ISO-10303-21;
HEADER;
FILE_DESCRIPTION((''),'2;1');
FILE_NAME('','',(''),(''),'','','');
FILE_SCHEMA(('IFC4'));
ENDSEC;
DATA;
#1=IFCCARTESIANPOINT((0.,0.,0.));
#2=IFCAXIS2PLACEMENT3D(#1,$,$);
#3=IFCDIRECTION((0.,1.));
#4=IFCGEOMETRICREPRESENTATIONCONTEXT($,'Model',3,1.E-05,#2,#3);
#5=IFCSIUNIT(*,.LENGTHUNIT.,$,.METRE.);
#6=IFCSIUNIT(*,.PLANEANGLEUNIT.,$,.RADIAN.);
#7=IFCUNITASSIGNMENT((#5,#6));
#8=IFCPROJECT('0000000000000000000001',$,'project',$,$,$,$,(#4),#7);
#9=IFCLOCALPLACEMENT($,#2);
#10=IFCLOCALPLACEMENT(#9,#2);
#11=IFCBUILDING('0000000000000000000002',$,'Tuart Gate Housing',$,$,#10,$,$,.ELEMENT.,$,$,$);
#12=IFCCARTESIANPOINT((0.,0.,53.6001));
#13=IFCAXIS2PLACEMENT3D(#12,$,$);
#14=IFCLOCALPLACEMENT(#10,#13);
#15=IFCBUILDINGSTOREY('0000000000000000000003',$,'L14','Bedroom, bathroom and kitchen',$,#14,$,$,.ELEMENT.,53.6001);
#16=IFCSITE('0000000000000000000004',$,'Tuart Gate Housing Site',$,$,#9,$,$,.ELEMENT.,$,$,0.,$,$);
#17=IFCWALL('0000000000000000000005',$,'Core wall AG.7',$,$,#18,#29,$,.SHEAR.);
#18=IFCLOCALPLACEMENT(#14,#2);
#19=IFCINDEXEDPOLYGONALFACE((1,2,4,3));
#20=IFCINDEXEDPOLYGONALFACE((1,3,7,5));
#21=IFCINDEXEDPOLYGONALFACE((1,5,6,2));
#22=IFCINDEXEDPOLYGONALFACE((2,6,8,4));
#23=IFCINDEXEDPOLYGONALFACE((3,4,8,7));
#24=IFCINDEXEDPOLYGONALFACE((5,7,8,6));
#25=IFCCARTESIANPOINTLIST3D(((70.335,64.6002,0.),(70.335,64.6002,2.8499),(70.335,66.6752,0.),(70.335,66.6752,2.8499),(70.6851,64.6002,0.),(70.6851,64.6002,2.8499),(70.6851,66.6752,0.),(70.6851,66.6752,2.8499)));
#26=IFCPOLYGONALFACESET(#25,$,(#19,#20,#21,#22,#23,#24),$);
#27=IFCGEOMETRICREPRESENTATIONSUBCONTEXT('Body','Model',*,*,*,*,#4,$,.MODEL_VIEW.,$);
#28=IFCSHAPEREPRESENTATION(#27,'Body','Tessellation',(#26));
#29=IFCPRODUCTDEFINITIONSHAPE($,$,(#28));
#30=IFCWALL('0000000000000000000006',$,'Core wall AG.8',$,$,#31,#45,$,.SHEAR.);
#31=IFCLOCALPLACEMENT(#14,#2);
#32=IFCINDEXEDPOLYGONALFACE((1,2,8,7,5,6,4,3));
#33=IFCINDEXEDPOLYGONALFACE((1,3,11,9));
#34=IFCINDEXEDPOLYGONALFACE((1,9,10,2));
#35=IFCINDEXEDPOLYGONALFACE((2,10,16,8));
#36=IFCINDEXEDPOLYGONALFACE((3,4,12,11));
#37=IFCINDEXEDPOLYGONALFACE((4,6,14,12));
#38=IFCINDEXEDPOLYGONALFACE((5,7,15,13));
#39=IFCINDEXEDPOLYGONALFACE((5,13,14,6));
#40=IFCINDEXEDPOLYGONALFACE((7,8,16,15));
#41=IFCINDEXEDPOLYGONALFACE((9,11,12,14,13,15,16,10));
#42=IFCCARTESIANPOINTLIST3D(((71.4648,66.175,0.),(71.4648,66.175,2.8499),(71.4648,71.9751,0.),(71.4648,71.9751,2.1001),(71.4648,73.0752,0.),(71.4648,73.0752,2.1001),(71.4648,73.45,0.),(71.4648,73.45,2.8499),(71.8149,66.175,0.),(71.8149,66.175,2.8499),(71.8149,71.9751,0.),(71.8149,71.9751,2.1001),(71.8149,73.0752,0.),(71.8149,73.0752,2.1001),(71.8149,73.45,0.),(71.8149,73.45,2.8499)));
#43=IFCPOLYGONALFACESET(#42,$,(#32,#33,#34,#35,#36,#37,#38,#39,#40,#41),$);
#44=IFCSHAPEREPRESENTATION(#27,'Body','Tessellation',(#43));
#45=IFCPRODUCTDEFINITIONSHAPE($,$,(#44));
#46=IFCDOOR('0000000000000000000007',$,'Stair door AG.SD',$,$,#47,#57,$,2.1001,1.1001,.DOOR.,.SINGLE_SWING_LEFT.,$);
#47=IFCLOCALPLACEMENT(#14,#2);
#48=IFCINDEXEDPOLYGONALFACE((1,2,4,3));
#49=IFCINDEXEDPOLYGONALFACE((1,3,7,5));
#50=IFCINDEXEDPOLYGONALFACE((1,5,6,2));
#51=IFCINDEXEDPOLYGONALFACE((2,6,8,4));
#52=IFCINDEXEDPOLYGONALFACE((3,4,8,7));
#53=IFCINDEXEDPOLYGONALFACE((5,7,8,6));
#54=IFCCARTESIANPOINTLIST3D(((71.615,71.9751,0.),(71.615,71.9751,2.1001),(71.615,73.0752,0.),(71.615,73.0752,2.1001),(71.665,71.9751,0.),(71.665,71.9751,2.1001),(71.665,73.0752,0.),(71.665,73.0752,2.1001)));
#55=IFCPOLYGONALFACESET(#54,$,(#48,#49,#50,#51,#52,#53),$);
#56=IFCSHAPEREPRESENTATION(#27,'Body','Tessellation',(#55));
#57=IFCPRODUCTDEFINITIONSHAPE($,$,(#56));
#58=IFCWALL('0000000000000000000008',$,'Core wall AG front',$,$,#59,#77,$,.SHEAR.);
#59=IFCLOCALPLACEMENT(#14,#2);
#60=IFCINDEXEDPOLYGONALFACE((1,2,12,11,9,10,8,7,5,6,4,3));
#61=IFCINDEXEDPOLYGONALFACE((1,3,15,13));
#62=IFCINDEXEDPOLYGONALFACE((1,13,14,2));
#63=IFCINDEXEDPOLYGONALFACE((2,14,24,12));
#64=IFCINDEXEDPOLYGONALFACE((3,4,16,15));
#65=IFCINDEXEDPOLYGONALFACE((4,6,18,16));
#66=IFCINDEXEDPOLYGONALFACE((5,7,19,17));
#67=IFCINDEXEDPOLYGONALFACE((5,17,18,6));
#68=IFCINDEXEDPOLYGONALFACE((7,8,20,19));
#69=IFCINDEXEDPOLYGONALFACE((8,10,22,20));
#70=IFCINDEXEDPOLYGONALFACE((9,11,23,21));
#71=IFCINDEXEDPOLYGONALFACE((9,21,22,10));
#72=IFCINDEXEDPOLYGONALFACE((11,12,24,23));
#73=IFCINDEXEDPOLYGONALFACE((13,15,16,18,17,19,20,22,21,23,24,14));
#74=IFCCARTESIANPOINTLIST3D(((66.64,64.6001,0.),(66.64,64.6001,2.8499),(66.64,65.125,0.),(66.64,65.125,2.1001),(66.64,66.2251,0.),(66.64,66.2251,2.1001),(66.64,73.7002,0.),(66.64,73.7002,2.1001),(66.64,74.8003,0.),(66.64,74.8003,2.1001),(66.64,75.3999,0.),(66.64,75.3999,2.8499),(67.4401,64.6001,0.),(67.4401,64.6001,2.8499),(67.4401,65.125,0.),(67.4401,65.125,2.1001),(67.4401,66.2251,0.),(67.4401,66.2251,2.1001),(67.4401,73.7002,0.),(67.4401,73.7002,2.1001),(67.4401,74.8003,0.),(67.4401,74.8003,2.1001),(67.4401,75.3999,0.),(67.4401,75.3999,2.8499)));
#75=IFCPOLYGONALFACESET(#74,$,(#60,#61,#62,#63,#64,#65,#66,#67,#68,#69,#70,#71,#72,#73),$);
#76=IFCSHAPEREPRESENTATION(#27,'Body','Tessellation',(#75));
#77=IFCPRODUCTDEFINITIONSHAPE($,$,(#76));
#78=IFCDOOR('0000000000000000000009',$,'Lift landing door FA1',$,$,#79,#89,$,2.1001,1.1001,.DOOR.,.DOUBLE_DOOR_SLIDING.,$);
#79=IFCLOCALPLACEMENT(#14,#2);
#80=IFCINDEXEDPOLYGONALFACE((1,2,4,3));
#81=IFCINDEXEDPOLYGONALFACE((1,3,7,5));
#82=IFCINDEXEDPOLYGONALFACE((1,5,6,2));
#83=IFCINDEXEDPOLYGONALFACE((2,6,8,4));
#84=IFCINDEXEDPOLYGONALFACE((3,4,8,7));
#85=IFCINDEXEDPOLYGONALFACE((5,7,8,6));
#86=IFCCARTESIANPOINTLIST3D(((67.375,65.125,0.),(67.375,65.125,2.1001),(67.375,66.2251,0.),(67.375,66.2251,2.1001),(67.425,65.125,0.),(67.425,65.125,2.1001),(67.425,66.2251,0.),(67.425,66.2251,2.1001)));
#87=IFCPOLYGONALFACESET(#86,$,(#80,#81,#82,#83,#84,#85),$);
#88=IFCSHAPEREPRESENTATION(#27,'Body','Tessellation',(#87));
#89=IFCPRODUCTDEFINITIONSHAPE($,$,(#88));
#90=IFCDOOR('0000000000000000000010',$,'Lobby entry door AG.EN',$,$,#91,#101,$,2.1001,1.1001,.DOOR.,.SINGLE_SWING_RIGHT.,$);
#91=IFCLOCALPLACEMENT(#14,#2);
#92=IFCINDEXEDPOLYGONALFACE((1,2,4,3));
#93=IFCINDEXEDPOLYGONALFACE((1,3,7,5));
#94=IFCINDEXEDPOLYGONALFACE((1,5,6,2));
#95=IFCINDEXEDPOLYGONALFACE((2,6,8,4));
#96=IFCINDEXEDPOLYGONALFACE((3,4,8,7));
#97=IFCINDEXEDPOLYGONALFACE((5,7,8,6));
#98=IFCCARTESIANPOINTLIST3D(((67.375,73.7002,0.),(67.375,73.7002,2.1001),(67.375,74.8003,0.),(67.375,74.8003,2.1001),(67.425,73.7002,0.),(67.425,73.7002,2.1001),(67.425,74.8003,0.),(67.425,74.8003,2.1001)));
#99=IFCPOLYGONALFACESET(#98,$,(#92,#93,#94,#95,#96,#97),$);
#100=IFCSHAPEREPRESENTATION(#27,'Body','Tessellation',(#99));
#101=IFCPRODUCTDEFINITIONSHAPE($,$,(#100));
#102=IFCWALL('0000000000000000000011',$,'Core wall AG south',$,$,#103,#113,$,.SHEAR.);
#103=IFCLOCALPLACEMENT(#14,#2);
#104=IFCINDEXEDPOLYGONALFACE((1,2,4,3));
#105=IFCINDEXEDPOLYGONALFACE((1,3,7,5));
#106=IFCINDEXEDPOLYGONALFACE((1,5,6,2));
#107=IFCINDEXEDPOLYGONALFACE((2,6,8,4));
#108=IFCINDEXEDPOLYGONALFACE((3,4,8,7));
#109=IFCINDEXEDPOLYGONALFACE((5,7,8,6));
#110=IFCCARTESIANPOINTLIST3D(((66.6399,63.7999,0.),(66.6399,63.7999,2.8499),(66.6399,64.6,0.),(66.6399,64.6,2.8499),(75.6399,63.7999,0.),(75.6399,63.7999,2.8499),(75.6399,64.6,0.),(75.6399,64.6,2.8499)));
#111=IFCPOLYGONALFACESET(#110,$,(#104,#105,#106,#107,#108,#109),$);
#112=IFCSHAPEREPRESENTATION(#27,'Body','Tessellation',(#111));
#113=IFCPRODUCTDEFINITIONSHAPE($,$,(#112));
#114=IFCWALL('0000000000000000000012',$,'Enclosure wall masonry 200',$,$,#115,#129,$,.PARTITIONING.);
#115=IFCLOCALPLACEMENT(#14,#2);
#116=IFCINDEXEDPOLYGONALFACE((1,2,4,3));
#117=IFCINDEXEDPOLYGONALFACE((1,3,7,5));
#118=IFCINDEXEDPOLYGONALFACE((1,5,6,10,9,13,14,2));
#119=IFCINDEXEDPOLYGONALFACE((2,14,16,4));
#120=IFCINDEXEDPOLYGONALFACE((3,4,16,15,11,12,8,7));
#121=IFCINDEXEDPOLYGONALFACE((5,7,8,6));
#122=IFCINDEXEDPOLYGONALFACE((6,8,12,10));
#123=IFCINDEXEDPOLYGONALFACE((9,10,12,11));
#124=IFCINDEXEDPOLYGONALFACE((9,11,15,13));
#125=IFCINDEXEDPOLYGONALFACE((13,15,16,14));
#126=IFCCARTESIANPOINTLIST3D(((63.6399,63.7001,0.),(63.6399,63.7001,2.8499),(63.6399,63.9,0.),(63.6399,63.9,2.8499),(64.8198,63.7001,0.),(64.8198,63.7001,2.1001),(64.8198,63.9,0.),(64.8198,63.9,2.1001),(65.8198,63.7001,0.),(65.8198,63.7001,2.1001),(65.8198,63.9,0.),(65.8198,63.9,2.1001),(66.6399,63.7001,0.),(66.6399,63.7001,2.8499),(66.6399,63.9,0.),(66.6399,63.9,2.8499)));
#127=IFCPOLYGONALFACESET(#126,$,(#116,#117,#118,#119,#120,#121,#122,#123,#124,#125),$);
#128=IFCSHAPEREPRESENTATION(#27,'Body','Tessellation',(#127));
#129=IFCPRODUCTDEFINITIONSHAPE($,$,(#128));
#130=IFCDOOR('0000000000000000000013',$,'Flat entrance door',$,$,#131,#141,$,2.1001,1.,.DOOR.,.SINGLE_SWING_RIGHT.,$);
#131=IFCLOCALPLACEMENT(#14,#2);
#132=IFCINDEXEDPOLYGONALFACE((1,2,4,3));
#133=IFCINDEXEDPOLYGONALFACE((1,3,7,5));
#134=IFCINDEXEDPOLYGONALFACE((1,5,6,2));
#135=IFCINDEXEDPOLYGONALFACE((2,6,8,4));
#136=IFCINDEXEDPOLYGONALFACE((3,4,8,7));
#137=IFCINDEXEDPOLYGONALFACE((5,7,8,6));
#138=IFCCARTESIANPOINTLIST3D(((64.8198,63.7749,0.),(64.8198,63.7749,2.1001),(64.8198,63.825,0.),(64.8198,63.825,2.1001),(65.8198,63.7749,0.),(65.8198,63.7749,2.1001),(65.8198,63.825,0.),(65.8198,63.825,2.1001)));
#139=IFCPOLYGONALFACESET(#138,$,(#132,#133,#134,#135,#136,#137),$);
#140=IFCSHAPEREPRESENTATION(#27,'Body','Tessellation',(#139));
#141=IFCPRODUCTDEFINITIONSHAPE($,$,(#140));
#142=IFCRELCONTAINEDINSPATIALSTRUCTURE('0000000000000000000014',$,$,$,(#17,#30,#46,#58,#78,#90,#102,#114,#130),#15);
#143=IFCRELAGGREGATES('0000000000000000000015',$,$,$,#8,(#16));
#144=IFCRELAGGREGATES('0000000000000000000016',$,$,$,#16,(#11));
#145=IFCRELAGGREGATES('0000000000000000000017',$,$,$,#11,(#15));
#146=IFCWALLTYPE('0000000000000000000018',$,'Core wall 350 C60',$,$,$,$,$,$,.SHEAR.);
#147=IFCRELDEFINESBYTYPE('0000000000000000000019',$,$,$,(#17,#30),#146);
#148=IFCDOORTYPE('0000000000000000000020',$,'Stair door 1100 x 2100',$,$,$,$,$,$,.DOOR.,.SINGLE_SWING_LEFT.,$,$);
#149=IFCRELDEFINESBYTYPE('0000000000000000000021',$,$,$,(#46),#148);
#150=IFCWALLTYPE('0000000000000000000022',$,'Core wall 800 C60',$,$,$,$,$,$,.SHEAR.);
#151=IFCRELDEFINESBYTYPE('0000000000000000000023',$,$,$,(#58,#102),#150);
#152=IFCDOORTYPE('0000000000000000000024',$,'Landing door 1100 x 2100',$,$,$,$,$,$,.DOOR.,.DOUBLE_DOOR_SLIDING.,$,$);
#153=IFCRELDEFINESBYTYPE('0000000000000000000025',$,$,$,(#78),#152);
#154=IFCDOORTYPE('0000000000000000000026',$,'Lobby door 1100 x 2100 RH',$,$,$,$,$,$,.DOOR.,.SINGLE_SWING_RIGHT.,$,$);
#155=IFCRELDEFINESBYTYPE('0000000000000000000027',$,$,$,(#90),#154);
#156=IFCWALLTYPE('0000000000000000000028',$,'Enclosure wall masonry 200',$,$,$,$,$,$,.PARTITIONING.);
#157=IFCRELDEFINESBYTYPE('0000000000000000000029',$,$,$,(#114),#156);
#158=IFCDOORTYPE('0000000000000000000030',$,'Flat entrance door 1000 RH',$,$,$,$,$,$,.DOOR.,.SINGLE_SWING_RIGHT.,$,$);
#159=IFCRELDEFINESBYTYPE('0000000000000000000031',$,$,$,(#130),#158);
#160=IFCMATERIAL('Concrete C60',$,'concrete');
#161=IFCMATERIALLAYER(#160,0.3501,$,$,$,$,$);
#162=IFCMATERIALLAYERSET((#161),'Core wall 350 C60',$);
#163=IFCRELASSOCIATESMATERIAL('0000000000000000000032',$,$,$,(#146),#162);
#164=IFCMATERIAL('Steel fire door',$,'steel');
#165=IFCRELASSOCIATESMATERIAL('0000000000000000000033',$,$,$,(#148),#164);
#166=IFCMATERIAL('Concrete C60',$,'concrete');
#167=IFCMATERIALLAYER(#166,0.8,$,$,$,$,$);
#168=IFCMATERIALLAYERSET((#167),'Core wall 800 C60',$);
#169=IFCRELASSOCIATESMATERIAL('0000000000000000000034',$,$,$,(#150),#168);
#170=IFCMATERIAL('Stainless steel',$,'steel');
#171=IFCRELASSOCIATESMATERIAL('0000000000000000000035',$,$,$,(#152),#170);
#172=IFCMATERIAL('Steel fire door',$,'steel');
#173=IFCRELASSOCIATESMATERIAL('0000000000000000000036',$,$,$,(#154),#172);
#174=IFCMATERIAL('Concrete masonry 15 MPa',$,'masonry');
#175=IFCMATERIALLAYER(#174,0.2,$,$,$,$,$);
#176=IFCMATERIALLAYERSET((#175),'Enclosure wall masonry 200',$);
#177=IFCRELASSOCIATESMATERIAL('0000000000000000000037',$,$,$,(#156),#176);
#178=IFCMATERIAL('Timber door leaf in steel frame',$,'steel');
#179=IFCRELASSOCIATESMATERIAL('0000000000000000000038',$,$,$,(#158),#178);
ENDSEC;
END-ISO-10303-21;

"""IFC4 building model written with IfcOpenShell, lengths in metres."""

from ifc_helpers import new_model, si_unit, direction, frame, frame_2d, origin, place, context, subcontext, project, spatial, rectangle, extrude, material, layer, layer_set, type_object, element, fill, save


model = new_model("IFC4")

# Units and contexts
model_context = context("Model", 3, precision=1e-05, world=origin(), true_north=direction((0.0, 1.0)))
body_context = subcontext(model_context, "Body", "Model", "MODEL_VIEW")
ifc_project = project(units=[si_unit("LENGTHUNIT", "METRE"), si_unit("PLANEANGLEUNIT", "RADIAN")], contexts=[model_context])

# Site, building, storey
site_placement = place(None, origin())
site = spatial("IfcSite", under=ifc_project, at=site_placement, Name="Tuart Gate Housing Site", CompositionType="ELEMENT", RefElevation=0.0)
building_placement = place(site_placement, origin())
building = spatial("IfcBuilding", under=site, at=building_placement, Name="Tuart Gate Housing", CompositionType="ELEMENT")
storey_placement = place(building_placement, frame((0.0, 0.0, 53.6001)))
storey = spatial("IfcBuildingStorey", under=building, at=storey_placement, Name="L14", Description="Bedroom, bathroom and kitchen", CompositionType="ELEMENT", Elevation=53.6001)

# Wall
ifc_material_1 = material(Name="Concrete C60", Category="concrete")
ifc_layer_1 = layer(ifc_material_1, 0.3501)
ifc_layer_set_1 = layer_set([ifc_layer_1], Name="Core wall 350 C60")
wall_type_1 = type_object("IfcWallType", Name="Core wall 350 C60", PredefinedType="SHEAR", material=ifc_layer_set_1)
wall_1_placement = place(storey_placement, frame((70.51, 64.6001, 0.0), z_axis=(0.0, 0.0, 1.0), x_axis=(0.0, 1.0, 0.0)))
element("IfcWall", 1, at=wall_1_placement, inside=storey, type_object=wall_type_1, Name="Core wall AG.7", PredefinedType="SHEAR", context=body_context, shape_type="SweptSolid", body=[
    extrude(rectangle(XDim=2.075, YDim=0.3501, at=frame_2d((1.0376, 0.0))), origin(), (0.0, 0.0, 1.0), 2.8499),
])

# Wall, opening, door
wall_2_placement = place(storey_placement, frame((71.6399, 66.175, 0.0), z_axis=(0.0, 0.0, 1.0), x_axis=(0.0, 1.0, 0.0)))
wall_2 = element("IfcWall", 2, at=wall_2_placement, inside=storey, type_object=wall_type_1, Name="Core wall AG.8", PredefinedType="SHEAR", context=body_context, shape_type="SweptSolid", body=[
    extrude(rectangle(XDim=7.2749, YDim=0.3501, at=frame_2d((3.6375, 0.0))), origin(), (0.0, 0.0, 1.0), 2.8499),
])
opening_1_placement = place(wall_2_placement, frame((5.8, 0.0, 0.0)))
opening_1 = element("IfcOpeningElement", 3, at=opening_1_placement, cuts=wall_2, PredefinedType="OPENING", context=body_context, shape_type="SweptSolid", body=[
    extrude(rectangle(XDim=1.1001, YDim=2.1001, at=frame_2d((0.55, 1.05))), frame((0.0, 0.1851, 0.0), z_axis=(0.0, -1.0, 0.0), x_axis=(1.0, 0.0, 0.0)), (0.0, 0.0, 1.0), 0.3701),
])
ifc_material_2 = material(Name="Steel fire door", Category="steel")
door_type_1 = type_object("IfcDoorType", Name="Stair door 1100 x 2100", OperationType="SINGLE_SWING_LEFT", PredefinedType="DOOR", material=ifc_material_2)
door_1_placement = place(opening_1_placement, frame((1.1001, 0.0, 0.0), z_axis=(0.0, 0.0, 1.0), x_axis=(-1.0, 0.0, 0.0)))
door_1 = element("IfcDoor", 4, at=door_1_placement, inside=storey, type_object=door_type_1, Name="Stair door AG.SD", OperationType="SINGLE_SWING_LEFT", OverallHeight=2.1001, OverallWidth=1.1001, PredefinedType="DOOR", context=body_context, shape_type="SweptSolid", body=[
    extrude(rectangle(XDim=1.1001, YDim=2.1001, at=frame_2d((0.55, 1.05))), frame((0.0, 0.0251, 0.0), z_axis=(0.0, -1.0, 0.0), x_axis=(1.0, 0.0, 0.0)), (0.0, 0.0, 1.0), 0.05),
])
fill(opening_1, door_1)

# Wall, openings, doors
ifc_material_3 = material(Name="Concrete C60", Category="concrete")
ifc_layer_2 = layer(ifc_material_3, 0.8)
ifc_layer_set_2 = layer_set([ifc_layer_2], Name="Core wall 800 C60")
wall_type_2 = type_object("IfcWallType", Name="Core wall 800 C60", PredefinedType="SHEAR", material=ifc_layer_set_2)
wall_3_placement = place(storey_placement, frame((67.04, 64.6001, 0.0), z_axis=(0.0, 0.0, 1.0), x_axis=(0.0, 1.0, 0.0)))
wall_3 = element("IfcWall", 5, at=wall_3_placement, inside=storey, type_object=wall_type_2, Name="Core wall AG front", PredefinedType="SHEAR", context=body_context, shape_type="SweptSolid", body=[
    extrude(rectangle(XDim=10.7998, YDim=0.8, at=frame_2d((5.3999, 0.0))), origin(), (0.0, 0.0, 1.0), 2.8499),
])
opening_2_placement = place(wall_3_placement, frame((0.5249, 0.0, 0.0)))
opening_2 = element("IfcOpeningElement", 6, at=opening_2_placement, cuts=wall_3, PredefinedType="OPENING", context=body_context, shape_type="SweptSolid", body=[
    extrude(rectangle(XDim=1.1001, YDim=2.1001, at=frame_2d((0.55, 1.05))), frame((0.0, 0.4099, 0.0), z_axis=(0.0, -1.0, 0.0), x_axis=(1.0, 0.0, 0.0)), (0.0, 0.0, 1.0), 0.8201),
])
opening_3_placement = place(wall_3_placement, frame((9.1001, 0.0, 0.0)))
opening_3 = element("IfcOpeningElement", 7, at=opening_3_placement, cuts=wall_3, PredefinedType="OPENING", context=body_context, shape_type="SweptSolid", body=[
    extrude(rectangle(XDim=1.1001, YDim=2.1001, at=frame_2d((0.55, 1.05))), frame((0.0, 0.4099, 0.0), z_axis=(0.0, -1.0, 0.0), x_axis=(1.0, 0.0, 0.0)), (0.0, 0.0, 1.0), 0.8201),
])
ifc_material_4 = material(Name="Stainless steel", Category="steel")
door_type_2 = type_object("IfcDoorType", Name="Landing door 1100 x 2100", OperationType="DOUBLE_DOOR_SLIDING", PredefinedType="DOOR", material=ifc_material_4)
door_2_placement = place(opening_2_placement, origin())
door_2 = element("IfcDoor", 8, at=door_2_placement, inside=storey, type_object=door_type_2, Name="Lift landing door FA1", OperationType="DOUBLE_DOOR_SLIDING", OverallHeight=2.1001, OverallWidth=1.1001, PredefinedType="DOOR", context=body_context, shape_type="SweptSolid", body=[
    extrude(rectangle(XDim=1.1001, YDim=2.1001, at=frame_2d((0.55, 1.05))), frame((0.0, -0.335, 0.0), z_axis=(0.0, -1.0, 0.0), x_axis=(1.0, 0.0, 0.0)), (0.0, 0.0, 1.0), 0.05),
])
fill(opening_2, door_2)
ifc_material_5 = material(Name="Steel fire door", Category="steel")
door_type_3 = type_object("IfcDoorType", Name="Lobby door 1100 x 2100 RH", OperationType="SINGLE_SWING_RIGHT", PredefinedType="DOOR", material=ifc_material_5)
door_3_placement = place(opening_3_placement, frame((1.1001, 0.0, 0.0), z_axis=(0.0, 0.0, 1.0), x_axis=(-1.0, 0.0, 0.0)))
door_3 = element("IfcDoor", 9, at=door_3_placement, inside=storey, type_object=door_type_3, Name="Lobby entry door AG.EN", OperationType="SINGLE_SWING_RIGHT", OverallHeight=2.1001, OverallWidth=1.1001, PredefinedType="DOOR", context=body_context, shape_type="SweptSolid", body=[
    extrude(rectangle(XDim=1.1001, YDim=2.1001, at=frame_2d((0.55, 1.05))), frame((0.0, 0.385, 0.0), z_axis=(0.0, -1.0, 0.0), x_axis=(1.0, 0.0, 0.0)), (0.0, 0.0, 1.0), 0.05),
])
fill(opening_3, door_3)

# Wall
wall_4_placement = place(storey_placement, frame((66.6399, 64.2, 0.0), z_axis=(0.0, 0.0, 1.0), x_axis=(1.0, 0.0, 0.0)))
element("IfcWall", 10, at=wall_4_placement, inside=storey, type_object=wall_type_2, Name="Core wall AG south", PredefinedType="SHEAR", context=body_context, shape_type="SweptSolid", body=[
    extrude(rectangle(XDim=9.0, YDim=0.8, at=frame_2d((4.5, 0.0))), origin(), (0.0, 0.0, 1.0), 2.8499),
])

# Wall, opening, door
ifc_material_6 = material(Name="Concrete masonry 15 MPa", Category="masonry")
ifc_layer_3 = layer(ifc_material_6, 0.2)
ifc_layer_set_3 = layer_set([ifc_layer_3], Name="Enclosure wall masonry 200")
wall_type_3 = type_object("IfcWallType", Name="Enclosure wall masonry 200", PredefinedType="PARTITIONING", material=ifc_layer_set_3)
wall_5_placement = place(storey_placement, frame((63.6399, 63.8, 0.0), z_axis=(0.0, 0.0, 1.0), x_axis=(1.0, 0.0, 0.0)))
wall_5 = element("IfcWall", 11, at=wall_5_placement, inside=storey, type_object=wall_type_3, Name="Enclosure wall masonry 200", PredefinedType="PARTITIONING", context=body_context, shape_type="SweptSolid", body=[
    extrude(rectangle(XDim=3.0, YDim=0.2, at=frame_2d((1.5, 0.0))), origin(), (0.0, 0.0, 1.0), 2.8499),
])
opening_4_placement = place(wall_5_placement, frame((1.1799, 0.0, 0.0)))
opening_4 = element("IfcOpeningElement", 12, at=opening_4_placement, cuts=wall_5, PredefinedType="OPENING", context=body_context, shape_type="SweptSolid", body=[
    extrude(rectangle(XDim=1.0, YDim=2.1001, at=frame_2d((0.5, 1.05))), frame((0.0, 0.1099, 0.0), z_axis=(0.0, -1.0, 0.0), x_axis=(1.0, 0.0, 0.0)), (0.0, 0.0, 1.0), 0.22),
])
ifc_material_7 = material(Name="Timber door leaf in steel frame", Category="steel")
door_type_4 = type_object("IfcDoorType", Name="Flat entrance door 1000 RH", OperationType="SINGLE_SWING_RIGHT", PredefinedType="DOOR", material=ifc_material_7)
door_4_placement = place(opening_4_placement, frame((1.0, 0.0, 0.0), z_axis=(0.0, 0.0, 1.0), x_axis=(-1.0, 0.0, 0.0)))
door_4 = element("IfcDoor", 13, at=door_4_placement, inside=storey, type_object=door_type_4, Name="Flat entrance door", OperationType="SINGLE_SWING_RIGHT", OverallHeight=2.1001, OverallWidth=1.0, PredefinedType="DOOR", context=body_context, shape_type="SweptSolid", body=[
    extrude(rectangle(XDim=1.0, YDim=2.1001, at=frame_2d((0.5, 1.05))), frame((0.0, 0.0251, 0.0), z_axis=(0.0, -1.0, 0.0), x_axis=(1.0, 0.0, 0.0)), (0.0, 0.0, 1.0), 0.05),
])
fill(opening_4, door_4)

save(model, "model.ifc")
